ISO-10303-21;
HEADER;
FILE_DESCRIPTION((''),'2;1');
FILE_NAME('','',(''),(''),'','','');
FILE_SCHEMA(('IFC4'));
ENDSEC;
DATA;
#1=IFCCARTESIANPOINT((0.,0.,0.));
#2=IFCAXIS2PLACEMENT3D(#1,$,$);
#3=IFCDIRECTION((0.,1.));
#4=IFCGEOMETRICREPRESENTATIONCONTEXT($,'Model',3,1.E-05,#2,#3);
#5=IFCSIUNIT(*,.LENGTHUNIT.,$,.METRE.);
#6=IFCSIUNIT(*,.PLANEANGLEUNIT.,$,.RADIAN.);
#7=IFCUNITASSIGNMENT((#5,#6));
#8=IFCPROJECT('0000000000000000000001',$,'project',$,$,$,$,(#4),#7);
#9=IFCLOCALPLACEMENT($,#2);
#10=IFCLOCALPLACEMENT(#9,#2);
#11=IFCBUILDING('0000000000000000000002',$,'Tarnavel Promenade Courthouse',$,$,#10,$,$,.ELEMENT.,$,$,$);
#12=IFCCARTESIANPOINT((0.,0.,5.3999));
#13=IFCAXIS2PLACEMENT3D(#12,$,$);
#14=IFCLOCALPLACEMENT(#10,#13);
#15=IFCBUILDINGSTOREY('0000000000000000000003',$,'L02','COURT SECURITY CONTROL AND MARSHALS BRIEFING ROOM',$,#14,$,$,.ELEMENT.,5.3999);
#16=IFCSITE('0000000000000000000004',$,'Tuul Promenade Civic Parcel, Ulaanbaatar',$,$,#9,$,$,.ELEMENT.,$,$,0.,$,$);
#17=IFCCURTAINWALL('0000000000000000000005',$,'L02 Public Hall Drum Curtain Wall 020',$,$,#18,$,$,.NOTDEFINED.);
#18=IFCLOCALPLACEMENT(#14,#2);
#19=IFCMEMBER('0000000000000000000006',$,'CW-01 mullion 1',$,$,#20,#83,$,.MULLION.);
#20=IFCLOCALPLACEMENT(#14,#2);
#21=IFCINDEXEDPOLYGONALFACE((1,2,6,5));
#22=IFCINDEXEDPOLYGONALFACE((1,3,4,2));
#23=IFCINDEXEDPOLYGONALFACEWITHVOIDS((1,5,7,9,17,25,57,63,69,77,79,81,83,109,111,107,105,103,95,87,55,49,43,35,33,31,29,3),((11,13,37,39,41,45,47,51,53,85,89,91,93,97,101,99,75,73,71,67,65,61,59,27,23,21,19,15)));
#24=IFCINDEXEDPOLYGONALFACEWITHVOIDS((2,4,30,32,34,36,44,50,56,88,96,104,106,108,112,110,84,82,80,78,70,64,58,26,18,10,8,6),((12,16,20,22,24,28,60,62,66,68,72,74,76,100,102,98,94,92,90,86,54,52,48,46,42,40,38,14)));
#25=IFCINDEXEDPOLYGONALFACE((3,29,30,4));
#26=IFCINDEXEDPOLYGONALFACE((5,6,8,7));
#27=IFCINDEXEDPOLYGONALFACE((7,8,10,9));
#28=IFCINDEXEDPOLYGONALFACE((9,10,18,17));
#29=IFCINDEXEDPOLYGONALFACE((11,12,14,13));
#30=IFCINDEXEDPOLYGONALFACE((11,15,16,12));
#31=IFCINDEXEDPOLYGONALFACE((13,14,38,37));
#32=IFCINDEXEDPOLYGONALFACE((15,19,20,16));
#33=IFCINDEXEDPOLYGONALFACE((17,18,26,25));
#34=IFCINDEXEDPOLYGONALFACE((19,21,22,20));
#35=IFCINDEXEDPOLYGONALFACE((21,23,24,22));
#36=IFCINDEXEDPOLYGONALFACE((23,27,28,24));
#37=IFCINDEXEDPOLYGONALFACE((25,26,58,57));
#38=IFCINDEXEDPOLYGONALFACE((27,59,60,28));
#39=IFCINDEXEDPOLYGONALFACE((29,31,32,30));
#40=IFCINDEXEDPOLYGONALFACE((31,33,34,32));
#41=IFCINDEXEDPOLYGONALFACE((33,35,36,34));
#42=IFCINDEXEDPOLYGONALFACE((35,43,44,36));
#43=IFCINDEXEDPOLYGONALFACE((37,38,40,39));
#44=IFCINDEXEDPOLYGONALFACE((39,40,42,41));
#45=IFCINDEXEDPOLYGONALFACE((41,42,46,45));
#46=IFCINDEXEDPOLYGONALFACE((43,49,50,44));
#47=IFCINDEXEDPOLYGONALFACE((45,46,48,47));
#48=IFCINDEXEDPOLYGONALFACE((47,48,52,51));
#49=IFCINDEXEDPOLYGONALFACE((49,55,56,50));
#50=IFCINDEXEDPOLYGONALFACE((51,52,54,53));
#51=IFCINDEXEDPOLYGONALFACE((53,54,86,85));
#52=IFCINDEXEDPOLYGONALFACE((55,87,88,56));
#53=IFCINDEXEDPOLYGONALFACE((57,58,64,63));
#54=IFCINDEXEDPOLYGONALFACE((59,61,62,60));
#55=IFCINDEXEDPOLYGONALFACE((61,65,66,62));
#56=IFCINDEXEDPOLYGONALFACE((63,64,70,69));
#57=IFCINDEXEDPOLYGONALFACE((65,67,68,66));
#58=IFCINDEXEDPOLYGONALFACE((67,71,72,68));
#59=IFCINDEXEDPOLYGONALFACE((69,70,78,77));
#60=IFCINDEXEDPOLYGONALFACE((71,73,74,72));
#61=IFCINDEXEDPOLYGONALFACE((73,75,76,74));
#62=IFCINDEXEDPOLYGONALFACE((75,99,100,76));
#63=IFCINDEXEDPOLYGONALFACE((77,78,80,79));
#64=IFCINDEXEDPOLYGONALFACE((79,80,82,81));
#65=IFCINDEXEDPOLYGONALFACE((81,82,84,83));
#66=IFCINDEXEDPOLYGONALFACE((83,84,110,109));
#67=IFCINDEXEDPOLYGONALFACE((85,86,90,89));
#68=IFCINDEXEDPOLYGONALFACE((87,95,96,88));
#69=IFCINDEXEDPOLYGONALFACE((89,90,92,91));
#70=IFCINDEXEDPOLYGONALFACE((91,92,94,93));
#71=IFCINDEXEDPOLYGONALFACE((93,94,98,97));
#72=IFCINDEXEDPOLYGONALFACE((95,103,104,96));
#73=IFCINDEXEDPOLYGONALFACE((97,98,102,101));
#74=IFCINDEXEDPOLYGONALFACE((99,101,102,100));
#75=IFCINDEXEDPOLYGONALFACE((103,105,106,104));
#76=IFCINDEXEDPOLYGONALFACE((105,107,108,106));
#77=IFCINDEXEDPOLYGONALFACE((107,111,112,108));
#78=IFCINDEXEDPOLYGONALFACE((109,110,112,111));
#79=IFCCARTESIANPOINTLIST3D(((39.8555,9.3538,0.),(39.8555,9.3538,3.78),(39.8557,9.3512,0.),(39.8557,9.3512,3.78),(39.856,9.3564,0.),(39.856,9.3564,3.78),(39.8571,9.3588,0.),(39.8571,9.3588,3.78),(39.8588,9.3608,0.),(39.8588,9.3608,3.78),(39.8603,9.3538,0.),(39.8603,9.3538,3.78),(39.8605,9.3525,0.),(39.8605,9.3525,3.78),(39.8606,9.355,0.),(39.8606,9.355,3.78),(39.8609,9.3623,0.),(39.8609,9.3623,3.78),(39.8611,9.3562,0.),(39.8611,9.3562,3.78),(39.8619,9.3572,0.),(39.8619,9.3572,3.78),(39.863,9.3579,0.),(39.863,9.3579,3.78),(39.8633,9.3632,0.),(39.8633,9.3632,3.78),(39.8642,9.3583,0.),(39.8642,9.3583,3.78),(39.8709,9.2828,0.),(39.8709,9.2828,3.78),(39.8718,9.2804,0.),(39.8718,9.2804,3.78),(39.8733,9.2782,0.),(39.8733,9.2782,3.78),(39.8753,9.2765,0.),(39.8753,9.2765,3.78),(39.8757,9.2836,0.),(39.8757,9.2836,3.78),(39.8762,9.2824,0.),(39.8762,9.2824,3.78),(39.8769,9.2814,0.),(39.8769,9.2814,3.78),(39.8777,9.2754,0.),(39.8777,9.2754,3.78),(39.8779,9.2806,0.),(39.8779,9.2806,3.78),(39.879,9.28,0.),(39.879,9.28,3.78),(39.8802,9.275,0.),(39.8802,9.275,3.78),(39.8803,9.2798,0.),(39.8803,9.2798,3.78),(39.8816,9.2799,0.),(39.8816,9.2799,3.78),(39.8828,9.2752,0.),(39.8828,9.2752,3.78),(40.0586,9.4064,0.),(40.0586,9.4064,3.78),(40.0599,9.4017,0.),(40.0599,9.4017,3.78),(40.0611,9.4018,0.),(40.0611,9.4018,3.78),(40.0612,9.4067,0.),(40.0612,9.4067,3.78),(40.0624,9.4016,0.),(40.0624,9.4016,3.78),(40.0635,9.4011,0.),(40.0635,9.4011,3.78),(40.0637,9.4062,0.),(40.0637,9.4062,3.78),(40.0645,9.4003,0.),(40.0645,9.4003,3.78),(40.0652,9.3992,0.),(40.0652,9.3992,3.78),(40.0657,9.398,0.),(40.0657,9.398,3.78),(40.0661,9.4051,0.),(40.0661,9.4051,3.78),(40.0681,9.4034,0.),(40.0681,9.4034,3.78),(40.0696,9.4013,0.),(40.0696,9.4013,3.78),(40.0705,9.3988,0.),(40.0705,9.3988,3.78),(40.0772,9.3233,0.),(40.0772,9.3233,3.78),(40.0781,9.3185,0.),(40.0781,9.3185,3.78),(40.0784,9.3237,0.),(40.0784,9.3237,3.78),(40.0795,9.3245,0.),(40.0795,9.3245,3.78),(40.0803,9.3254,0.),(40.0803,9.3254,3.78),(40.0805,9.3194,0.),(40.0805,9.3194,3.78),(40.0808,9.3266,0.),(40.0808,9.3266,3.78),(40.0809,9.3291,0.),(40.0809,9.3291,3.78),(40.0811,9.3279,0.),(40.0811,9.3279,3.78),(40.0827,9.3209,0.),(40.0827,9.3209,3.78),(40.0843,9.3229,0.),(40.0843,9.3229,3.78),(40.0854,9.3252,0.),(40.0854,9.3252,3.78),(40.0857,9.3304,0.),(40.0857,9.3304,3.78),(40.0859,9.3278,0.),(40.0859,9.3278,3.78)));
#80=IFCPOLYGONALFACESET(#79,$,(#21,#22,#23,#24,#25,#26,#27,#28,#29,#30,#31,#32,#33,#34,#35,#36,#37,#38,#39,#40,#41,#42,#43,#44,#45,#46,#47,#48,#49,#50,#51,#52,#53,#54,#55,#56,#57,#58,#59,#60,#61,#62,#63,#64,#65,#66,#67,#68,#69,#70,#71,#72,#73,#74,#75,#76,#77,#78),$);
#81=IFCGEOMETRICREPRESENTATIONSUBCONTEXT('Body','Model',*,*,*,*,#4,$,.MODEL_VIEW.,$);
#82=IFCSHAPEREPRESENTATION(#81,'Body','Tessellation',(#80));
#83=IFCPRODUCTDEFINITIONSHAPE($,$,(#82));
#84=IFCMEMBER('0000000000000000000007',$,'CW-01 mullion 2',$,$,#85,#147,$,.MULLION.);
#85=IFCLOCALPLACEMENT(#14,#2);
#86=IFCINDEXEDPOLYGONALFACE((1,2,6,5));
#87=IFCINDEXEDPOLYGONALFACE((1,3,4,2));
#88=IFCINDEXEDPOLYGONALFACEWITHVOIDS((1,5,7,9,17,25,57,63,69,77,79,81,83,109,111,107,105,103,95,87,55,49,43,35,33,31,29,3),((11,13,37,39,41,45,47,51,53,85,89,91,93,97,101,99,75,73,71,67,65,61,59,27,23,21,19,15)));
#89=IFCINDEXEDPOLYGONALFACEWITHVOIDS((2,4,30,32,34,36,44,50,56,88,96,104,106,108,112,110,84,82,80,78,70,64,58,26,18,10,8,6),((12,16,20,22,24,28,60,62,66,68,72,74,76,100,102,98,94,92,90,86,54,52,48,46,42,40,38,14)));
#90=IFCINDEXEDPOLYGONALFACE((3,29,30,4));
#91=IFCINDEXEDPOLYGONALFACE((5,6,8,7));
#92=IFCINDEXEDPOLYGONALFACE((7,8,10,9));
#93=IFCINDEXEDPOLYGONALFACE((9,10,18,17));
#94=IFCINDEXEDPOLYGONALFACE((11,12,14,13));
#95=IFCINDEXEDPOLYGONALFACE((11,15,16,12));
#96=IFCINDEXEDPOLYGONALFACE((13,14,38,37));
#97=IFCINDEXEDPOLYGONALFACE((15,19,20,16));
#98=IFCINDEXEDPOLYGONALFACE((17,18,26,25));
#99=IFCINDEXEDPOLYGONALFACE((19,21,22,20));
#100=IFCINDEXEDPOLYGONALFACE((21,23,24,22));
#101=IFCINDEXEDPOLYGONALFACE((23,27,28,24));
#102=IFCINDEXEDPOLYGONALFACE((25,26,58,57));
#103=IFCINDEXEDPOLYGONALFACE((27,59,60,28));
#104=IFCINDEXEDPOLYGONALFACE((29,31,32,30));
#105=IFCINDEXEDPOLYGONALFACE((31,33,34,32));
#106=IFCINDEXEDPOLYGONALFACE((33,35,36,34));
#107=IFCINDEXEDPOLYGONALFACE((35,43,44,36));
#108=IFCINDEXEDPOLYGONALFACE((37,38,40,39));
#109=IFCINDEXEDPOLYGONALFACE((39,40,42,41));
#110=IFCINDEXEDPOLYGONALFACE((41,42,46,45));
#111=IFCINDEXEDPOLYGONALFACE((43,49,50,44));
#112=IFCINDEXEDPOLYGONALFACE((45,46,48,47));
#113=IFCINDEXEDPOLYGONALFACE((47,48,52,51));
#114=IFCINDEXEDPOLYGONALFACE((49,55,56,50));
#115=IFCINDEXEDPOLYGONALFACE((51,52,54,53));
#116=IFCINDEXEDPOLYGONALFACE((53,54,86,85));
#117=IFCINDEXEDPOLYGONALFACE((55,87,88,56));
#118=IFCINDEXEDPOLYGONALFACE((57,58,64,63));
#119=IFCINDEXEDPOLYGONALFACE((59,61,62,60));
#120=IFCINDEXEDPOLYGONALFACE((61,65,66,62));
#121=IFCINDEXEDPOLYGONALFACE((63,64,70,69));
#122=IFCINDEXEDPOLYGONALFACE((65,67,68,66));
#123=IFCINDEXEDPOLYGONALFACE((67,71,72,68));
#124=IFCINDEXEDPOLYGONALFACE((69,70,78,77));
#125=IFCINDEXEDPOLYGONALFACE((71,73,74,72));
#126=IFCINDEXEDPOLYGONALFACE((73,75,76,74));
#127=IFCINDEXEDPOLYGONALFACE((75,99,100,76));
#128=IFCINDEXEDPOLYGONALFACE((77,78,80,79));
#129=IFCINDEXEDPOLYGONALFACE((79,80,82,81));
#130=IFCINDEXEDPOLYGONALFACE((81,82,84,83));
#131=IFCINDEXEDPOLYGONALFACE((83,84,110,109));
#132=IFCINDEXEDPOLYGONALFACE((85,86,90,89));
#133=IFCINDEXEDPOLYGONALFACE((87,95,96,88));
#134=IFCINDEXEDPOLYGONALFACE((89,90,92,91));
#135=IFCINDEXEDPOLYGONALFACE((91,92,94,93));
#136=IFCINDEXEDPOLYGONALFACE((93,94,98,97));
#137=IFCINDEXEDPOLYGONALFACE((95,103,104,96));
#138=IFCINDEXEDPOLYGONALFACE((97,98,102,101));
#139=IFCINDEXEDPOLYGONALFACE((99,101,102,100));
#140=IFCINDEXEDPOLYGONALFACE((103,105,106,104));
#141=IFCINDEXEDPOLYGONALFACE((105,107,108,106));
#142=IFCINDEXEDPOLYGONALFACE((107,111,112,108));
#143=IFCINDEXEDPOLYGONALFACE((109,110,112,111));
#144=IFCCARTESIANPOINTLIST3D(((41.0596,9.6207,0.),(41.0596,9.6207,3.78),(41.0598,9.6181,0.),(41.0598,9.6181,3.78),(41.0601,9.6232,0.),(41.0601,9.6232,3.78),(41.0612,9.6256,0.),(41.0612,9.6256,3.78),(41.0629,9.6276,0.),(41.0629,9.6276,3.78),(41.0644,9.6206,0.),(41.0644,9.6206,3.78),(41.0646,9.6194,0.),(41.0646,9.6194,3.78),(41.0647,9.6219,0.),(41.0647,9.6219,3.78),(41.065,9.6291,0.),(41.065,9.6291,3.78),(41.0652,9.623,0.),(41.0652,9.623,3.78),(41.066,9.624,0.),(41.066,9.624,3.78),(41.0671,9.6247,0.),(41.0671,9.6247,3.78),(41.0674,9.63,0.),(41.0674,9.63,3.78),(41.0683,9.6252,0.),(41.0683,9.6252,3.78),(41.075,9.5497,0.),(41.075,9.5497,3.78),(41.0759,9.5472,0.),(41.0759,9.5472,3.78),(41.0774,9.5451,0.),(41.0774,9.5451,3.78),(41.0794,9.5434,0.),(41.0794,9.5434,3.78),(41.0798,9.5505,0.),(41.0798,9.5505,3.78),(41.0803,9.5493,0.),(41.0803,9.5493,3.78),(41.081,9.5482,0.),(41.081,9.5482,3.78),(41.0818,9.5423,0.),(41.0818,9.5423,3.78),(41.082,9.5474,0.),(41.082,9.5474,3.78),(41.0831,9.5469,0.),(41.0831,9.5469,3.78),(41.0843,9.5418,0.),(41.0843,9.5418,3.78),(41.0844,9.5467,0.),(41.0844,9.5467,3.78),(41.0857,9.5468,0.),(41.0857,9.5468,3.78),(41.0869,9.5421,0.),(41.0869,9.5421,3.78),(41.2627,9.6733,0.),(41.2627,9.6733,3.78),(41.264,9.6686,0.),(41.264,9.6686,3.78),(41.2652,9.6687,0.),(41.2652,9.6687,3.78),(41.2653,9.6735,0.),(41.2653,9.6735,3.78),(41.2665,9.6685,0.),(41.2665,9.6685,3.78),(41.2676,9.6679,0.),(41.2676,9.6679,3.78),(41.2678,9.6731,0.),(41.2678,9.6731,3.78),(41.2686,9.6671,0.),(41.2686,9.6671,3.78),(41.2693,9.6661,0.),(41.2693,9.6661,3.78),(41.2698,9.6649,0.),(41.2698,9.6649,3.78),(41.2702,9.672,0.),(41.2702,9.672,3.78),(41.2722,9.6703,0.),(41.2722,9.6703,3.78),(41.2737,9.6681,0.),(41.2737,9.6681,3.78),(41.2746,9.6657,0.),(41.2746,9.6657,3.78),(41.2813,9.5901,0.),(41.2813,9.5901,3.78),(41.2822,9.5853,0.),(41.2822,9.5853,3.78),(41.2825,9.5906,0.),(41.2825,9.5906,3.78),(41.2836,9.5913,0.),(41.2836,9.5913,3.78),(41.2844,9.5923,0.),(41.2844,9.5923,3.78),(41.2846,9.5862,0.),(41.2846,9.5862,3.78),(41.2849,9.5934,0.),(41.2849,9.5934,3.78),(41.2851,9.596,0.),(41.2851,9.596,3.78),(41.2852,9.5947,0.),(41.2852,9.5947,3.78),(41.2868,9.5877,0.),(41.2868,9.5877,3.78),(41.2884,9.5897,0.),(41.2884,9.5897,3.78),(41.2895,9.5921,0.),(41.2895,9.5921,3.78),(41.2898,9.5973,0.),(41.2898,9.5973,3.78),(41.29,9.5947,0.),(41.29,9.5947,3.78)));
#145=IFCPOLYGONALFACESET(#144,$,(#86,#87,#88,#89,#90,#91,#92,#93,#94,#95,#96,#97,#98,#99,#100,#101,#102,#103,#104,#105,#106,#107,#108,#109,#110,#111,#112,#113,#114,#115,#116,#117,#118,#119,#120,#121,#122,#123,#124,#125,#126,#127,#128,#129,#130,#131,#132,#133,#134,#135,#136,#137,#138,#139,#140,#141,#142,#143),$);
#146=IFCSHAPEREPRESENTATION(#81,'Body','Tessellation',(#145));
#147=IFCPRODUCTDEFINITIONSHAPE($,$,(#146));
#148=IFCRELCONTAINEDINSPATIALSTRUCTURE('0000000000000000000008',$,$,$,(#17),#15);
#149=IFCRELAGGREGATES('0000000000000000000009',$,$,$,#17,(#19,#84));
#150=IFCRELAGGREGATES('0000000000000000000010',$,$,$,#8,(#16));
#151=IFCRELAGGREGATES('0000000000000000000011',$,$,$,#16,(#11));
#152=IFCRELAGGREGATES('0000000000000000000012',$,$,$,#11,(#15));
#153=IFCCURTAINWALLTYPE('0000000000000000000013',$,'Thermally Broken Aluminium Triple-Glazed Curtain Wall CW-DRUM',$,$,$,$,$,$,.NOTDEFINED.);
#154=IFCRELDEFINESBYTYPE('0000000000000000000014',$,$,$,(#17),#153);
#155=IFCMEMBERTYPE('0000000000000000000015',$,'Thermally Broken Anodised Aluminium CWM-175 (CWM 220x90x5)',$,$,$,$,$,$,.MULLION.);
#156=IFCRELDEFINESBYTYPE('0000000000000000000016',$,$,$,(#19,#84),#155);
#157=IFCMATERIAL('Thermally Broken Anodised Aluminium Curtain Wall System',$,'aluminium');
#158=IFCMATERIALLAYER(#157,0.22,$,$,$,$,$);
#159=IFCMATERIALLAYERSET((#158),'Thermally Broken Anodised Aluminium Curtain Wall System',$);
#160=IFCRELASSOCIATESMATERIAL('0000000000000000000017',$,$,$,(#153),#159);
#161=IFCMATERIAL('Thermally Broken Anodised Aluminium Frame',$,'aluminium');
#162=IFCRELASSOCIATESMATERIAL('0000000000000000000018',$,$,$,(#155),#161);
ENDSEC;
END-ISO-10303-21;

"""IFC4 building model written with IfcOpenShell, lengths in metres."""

from ifc_helpers import new_model, si_unit, direction, frame, origin, origin_2d, place, context, subcontext, project, spatial, hollow_rectangle, extrude, material, layer, layer_set, material_profile, profile_set, type_object, element, aggregate, save


model = new_model("IFC4")

# Units and contexts
model_context = context("Model", 3, precision=1e-05, world=origin(), true_north=direction((0.0, 1.0)))
body_context = subcontext(model_context, "Body", "Model", "MODEL_VIEW")
ifc_project = project(units=[si_unit("LENGTHUNIT", "METRE"), si_unit("PLANEANGLEUNIT", "RADIAN")], contexts=[model_context])

# Site, building, storey
site_placement = place(None, origin())
site = spatial("IfcSite", under=ifc_project, at=site_placement, Name="Tuul Promenade Civic Parcel, Ulaanbaatar", CompositionType="ELEMENT", RefElevation=0.0)
building_placement = place(site_placement, origin())
building = spatial("IfcBuilding", under=site, at=building_placement, Name="Tarnavel Promenade Courthouse", CompositionType="ELEMENT")
storey_placement = place(building_placement, frame((0.0, 0.0, 5.3999)))
storey = spatial("IfcBuildingStorey", under=building, at=storey_placement, Name="L02", Description="COURT SECURITY CONTROL AND MARSHALS BRIEFING ROOM", CompositionType="ELEMENT", Elevation=5.3999)

# Curtain wall, members
ifc_material_1 = material(Name="Thermally Broken Anodised Aluminium Curtain Wall System", Category="aluminium")
ifc_layer_1 = layer(ifc_material_1, 0.22)
ifc_layer_set_1 = layer_set([ifc_layer_1], Name="Thermally Broken Anodised Aluminium Curtain Wall System")
curtain_wall_type = type_object("IfcCurtainWallType", Name="Thermally Broken Aluminium Triple-Glazed Curtain Wall CW-DRUM", PredefinedType="NOTDEFINED", material=ifc_layer_set_1)
ifc_material_2 = material(Name="Thermally Broken Anodised Aluminium Frame", Category="aluminium")
ifc_material_profile_1 = material_profile(ifc_material_2, hollow_rectangle(XDim=0.0901, YDim=0.22, WallThickness=0.0049, InnerFilletRadius=0.0049, OuterFilletRadius=0.01, at=origin_2d()), Name="CWM 220x90x5")
ifc_profile_set_1 = profile_set([ifc_material_profile_1], Name="Thermally Broken Anodised Aluminium Frame")
member_type_1 = type_object("IfcMemberType", Name="Thermally Broken Anodised Aluminium CWM-175 (CWM 220x90x5)", PredefinedType="MULLION", material=ifc_profile_set_1)
curtain_wall_1_placement = place(storey_placement, origin())
curtain_wall_1 = element("IfcCurtainWall", 1, at=curtain_wall_1_placement, inside=storey, type_object=curtain_wall_type, Name="L02 Public Hall Drum Curtain Wall 020", PredefinedType="NOTDEFINED")
member_1_placement = place(storey_placement, frame((39.9707, 9.3408, 0.0), z_axis=(0.0, 0.0, 1.0), x_axis=(-0.216439, 0.976296, 0.0)))
member_1 = element("IfcMember", 2, at=member_1_placement, type_object=member_type_1, Name="CW-01 mullion 1", PredefinedType="MULLION", context=body_context, shape_type="SweptSolid", body=[
    extrude(hollow_rectangle(XDim=0.0901, YDim=0.22, WallThickness=0.0049, InnerFilletRadius=0.0049, OuterFilletRadius=0.01, at=origin_2d()), origin(), (0.0, 0.0, 1.0), 3.78),
])
member_2_placement = place(storey_placement, frame((41.1748, 9.6077, 0.0), z_axis=(0.0, 0.0, 1.0), x_axis=(-0.216439, 0.976296, 0.0)))
member_2 = element("IfcMember", 3, at=member_2_placement, type_object=member_type_1, Name="CW-01 mullion 2", PredefinedType="MULLION", context=body_context, shape_type="SweptSolid", body=[
    extrude(hollow_rectangle(XDim=0.0901, YDim=0.22, WallThickness=0.0049, InnerFilletRadius=0.0049, OuterFilletRadius=0.01, at=origin_2d()), origin(), (0.0, 0.0, 1.0), 3.78),
])

aggregate(curtain_wall_1, [member_1, member_2])

save(model, "model.ifc")
